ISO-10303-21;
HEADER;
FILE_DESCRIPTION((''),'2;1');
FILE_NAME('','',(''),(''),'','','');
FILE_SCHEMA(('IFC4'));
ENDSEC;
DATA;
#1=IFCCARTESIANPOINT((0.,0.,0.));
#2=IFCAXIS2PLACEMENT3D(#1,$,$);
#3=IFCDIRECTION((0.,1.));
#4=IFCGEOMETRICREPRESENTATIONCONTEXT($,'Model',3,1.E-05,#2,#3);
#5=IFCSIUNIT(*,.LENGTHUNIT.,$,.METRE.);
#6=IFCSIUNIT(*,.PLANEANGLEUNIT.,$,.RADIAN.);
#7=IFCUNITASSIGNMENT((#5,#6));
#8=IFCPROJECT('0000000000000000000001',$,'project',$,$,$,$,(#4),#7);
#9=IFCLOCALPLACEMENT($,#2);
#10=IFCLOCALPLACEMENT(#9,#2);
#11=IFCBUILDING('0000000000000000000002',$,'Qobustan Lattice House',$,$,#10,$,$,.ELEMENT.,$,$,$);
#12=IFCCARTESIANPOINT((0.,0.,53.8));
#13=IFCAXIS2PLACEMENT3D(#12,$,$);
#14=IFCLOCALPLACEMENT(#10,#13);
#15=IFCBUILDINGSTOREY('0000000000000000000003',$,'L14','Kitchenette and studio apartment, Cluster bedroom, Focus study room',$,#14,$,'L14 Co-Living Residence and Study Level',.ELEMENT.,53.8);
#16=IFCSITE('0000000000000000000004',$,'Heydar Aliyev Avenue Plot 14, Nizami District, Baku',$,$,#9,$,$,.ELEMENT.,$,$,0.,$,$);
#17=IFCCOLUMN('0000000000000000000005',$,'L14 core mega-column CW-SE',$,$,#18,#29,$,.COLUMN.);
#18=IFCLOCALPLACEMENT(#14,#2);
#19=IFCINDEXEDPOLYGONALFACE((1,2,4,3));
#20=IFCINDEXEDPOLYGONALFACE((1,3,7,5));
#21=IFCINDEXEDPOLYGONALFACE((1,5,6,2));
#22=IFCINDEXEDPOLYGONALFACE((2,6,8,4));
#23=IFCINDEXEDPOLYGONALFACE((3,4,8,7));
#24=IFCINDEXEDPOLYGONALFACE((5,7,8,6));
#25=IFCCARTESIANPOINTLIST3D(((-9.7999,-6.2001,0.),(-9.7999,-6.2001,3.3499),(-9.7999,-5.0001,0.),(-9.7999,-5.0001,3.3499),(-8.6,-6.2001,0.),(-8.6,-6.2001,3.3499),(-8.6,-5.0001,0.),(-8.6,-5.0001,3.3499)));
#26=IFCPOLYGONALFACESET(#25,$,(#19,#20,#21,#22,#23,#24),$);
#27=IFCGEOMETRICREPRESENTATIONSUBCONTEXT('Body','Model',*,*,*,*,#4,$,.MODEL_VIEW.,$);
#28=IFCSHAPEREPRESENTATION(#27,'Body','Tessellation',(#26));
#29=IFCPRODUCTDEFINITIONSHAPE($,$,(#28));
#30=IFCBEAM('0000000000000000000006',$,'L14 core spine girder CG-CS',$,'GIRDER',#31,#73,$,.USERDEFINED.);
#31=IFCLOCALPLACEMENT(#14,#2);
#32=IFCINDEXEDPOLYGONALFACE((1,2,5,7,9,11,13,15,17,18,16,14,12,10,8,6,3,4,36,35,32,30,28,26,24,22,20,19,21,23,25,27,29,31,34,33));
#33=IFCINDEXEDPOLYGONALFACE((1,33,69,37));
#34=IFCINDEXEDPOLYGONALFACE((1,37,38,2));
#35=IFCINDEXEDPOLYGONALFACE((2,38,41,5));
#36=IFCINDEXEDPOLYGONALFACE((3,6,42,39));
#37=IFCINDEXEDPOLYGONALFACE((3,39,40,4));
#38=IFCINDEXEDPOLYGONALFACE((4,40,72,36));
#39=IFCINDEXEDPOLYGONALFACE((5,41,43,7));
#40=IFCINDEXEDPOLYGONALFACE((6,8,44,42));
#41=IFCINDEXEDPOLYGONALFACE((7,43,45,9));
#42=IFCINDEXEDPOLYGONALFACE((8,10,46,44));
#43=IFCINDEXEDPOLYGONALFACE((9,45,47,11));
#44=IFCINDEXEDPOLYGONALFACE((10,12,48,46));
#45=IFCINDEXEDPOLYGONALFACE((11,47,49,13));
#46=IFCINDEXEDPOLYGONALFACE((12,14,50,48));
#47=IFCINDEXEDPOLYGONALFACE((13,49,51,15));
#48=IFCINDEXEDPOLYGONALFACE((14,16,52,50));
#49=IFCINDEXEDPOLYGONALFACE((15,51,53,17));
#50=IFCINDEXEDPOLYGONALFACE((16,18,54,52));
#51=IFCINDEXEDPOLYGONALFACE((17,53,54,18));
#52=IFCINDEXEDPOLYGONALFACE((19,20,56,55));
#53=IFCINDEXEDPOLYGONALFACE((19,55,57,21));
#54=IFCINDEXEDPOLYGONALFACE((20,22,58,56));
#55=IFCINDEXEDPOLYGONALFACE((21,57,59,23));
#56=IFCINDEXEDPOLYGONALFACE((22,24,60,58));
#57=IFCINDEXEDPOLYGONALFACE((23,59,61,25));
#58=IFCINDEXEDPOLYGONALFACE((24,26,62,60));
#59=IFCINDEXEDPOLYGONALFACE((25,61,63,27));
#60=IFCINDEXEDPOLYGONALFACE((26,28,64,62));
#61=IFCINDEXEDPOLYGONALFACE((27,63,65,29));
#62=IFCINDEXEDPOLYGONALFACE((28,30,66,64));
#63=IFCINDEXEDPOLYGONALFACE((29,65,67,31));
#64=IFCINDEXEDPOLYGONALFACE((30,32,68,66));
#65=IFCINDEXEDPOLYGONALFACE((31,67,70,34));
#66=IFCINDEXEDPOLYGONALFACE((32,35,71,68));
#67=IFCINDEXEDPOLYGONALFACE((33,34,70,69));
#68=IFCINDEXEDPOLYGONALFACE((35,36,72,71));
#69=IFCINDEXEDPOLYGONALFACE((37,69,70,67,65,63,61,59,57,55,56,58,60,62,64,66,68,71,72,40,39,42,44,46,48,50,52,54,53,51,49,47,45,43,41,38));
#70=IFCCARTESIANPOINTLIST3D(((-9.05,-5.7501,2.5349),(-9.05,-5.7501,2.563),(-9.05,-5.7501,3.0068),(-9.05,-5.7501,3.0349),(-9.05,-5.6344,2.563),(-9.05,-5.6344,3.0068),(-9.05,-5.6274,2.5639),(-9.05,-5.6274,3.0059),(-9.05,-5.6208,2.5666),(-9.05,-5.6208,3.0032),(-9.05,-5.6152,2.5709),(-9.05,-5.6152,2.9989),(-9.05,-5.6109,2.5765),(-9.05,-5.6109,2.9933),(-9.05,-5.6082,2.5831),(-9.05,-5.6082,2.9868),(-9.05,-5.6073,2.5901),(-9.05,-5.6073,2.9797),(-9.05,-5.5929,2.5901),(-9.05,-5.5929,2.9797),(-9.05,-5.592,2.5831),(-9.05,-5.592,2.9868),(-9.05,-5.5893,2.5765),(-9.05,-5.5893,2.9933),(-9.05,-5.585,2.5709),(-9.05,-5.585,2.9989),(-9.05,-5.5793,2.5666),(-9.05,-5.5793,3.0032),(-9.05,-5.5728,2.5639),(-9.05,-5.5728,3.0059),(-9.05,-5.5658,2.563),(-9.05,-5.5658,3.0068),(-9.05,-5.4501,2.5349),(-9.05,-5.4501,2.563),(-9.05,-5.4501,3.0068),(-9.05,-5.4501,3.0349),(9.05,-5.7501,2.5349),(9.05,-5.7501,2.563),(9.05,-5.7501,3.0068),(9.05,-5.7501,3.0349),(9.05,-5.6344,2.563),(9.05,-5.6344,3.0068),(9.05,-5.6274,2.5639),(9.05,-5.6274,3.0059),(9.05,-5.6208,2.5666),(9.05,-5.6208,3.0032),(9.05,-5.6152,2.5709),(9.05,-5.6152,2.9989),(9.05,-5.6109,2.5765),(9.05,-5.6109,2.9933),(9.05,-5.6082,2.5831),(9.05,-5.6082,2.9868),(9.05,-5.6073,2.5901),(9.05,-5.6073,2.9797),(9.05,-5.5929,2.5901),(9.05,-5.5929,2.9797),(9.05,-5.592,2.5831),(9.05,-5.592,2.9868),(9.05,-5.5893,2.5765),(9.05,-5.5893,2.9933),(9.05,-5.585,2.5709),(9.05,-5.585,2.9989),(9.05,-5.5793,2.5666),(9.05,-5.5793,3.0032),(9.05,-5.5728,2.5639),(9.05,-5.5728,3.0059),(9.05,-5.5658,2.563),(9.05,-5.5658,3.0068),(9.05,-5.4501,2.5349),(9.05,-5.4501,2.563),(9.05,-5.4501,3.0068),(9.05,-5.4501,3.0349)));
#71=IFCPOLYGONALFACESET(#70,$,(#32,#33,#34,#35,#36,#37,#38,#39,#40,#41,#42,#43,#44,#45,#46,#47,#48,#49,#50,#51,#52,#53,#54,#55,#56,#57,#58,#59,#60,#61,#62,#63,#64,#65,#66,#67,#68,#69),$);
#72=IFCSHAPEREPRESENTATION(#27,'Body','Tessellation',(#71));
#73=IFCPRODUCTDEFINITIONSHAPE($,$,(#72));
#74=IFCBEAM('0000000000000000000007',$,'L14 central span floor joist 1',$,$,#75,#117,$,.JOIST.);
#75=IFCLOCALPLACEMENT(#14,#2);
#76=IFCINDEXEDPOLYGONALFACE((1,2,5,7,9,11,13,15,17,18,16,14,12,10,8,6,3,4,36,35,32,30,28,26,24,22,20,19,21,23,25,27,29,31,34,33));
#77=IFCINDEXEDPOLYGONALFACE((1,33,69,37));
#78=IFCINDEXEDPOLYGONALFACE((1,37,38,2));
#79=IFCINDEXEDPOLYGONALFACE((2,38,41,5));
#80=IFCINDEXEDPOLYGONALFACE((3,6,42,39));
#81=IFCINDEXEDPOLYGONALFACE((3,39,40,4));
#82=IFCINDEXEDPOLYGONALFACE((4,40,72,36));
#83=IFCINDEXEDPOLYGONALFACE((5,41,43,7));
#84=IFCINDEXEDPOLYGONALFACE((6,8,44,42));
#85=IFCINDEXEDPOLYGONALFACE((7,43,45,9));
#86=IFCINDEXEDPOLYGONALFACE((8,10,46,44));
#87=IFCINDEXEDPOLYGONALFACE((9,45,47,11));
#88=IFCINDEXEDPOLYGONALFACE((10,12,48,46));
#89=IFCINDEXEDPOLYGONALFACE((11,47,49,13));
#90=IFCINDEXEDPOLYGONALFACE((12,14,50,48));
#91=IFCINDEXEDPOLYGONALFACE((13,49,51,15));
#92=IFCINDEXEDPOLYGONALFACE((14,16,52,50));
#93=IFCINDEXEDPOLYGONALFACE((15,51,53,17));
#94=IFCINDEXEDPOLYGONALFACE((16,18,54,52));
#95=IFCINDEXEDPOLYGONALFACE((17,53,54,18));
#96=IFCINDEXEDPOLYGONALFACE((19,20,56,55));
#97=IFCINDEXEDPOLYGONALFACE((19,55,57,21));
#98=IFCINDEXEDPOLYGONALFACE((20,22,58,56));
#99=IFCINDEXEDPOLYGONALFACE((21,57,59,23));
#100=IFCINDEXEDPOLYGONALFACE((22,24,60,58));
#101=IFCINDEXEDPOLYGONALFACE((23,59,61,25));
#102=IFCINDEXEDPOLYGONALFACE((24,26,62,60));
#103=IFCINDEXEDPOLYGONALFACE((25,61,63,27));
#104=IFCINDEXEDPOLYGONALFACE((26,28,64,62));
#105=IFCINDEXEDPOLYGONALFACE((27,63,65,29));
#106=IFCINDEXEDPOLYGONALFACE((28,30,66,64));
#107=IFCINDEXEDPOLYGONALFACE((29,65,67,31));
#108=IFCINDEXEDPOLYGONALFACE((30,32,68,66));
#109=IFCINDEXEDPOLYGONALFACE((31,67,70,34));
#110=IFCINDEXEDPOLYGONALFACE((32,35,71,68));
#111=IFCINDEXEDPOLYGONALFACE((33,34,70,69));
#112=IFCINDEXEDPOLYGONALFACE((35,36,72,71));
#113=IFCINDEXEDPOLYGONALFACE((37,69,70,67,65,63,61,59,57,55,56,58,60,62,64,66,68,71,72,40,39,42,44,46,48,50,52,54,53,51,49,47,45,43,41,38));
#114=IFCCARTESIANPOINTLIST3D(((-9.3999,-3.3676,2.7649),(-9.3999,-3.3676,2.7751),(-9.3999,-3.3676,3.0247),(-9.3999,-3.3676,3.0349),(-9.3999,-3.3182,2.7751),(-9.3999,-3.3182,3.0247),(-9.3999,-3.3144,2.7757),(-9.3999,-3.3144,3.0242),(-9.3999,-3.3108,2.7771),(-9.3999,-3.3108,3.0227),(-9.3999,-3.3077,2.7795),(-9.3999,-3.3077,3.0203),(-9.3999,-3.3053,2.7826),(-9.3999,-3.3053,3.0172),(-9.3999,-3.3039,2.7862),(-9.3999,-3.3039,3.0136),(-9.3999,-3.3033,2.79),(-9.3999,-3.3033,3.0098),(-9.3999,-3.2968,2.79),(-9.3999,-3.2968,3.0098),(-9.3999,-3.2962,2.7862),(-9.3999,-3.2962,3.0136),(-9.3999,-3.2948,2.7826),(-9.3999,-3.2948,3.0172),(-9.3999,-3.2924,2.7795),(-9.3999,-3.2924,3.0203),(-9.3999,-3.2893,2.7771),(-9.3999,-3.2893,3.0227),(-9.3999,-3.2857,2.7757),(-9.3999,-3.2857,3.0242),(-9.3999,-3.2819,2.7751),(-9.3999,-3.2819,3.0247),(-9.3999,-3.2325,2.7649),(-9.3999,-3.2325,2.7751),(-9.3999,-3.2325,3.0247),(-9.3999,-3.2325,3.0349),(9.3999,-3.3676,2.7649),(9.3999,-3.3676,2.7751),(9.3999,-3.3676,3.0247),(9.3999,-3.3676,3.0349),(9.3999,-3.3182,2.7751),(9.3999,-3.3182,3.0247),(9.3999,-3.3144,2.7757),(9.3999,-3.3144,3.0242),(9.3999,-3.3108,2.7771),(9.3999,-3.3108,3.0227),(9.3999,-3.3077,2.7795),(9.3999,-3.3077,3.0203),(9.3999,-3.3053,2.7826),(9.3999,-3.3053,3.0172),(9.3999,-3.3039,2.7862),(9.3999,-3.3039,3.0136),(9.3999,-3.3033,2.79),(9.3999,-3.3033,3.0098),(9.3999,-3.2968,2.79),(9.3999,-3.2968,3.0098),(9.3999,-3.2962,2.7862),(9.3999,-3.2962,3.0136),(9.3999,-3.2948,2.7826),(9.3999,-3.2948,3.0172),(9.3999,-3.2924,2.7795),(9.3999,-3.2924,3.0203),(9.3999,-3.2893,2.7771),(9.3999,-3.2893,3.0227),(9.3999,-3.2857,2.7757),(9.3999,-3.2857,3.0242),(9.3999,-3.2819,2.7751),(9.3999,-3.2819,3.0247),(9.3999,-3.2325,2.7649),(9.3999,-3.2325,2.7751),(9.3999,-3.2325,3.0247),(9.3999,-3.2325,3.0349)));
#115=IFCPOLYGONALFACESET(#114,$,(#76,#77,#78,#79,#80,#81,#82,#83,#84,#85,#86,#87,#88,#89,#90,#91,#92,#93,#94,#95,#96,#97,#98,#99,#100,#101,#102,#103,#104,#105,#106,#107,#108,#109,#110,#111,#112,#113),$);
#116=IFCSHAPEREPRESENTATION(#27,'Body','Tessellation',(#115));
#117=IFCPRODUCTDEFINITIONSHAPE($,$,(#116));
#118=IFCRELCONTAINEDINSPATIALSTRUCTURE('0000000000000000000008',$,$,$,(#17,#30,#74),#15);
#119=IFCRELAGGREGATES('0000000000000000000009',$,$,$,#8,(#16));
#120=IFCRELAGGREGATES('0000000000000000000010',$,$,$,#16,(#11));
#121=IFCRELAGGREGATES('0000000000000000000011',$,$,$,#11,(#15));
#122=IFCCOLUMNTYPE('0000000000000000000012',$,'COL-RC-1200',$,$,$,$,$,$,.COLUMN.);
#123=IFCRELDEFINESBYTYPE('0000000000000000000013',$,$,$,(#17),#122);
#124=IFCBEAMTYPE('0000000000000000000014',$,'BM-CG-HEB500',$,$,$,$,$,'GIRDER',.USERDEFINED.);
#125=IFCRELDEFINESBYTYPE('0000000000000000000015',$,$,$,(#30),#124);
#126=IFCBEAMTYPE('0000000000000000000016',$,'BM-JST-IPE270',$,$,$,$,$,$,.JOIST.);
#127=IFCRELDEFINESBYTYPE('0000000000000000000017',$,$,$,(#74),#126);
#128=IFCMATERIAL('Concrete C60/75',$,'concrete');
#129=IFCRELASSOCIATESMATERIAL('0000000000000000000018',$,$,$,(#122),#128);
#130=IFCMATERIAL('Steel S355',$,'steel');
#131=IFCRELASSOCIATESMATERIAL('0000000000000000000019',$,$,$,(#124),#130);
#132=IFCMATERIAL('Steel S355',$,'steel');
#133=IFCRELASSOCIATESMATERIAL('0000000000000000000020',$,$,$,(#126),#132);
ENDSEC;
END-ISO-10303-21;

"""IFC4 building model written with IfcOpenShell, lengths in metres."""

from ifc_helpers import new_model, si_unit, direction, frame, origin, origin_2d, place, context, subcontext, project, spatial, rectangle, i_section, extrude, material, material_profile, profile_set, type_object, element, save


model = new_model("IFC4")

# Units and contexts
model_context = context("Model", 3, precision=1e-05, world=origin(), true_north=direction((0.0, 1.0)))
body_context = subcontext(model_context, "Body", "Model", "MODEL_VIEW")
ifc_project = project(units=[si_unit("LENGTHUNIT", "METRE"), si_unit("PLANEANGLEUNIT", "RADIAN")], contexts=[model_context])

# Site, building, storey
site_placement = place(None, origin())
site = spatial("IfcSite", under=ifc_project, at=site_placement, Name="Heydar Aliyev Avenue Plot 14, Nizami District, Baku", CompositionType="ELEMENT", RefElevation=0.0)
building_placement = place(site_placement, origin())
building = spatial("IfcBuilding", under=site, at=building_placement, Name="Qobustan Lattice House", CompositionType="ELEMENT")
storey_placement = place(building_placement, frame((0.0, 0.0, 53.8)))
storey = spatial("IfcBuildingStorey", under=building, at=storey_placement, Name="L14", Description="Kitchenette and studio apartment, Cluster bedroom, Focus study room", LongName="L14 Co-Living Residence and Study Level", CompositionType="ELEMENT", Elevation=53.8)

# Column
ifc_material_1 = material(Name="Concrete C60/75", Category="concrete")
ifc_material_profile_1 = material_profile(ifc_material_1, rectangle(XDim=1.2, YDim=1.2, at=origin_2d()), Name="RC1200x1200")
ifc_profile_set_1 = profile_set([ifc_material_profile_1], Name="Concrete C60/75")
column_type = type_object("IfcColumnType", Name="COL-RC-1200", PredefinedType="COLUMN", material=ifc_profile_set_1)
column_placement = place(storey_placement, frame((-9.2, -5.6001, 0.0), z_axis=(0.0, 0.0, 1.0), x_axis=(1.0, 0.0, 0.0)))
element("IfcColumn", 1, at=column_placement, inside=storey, type_object=column_type, Name="L14 core mega-column CW-SE", PredefinedType="COLUMN", context=body_context, shape_type="SweptSolid", body=[
    extrude(rectangle(XDim=1.2, YDim=1.2, at=origin_2d()), origin(), (0.0, 0.0, 1.0), 3.3499),
])

# Beams
ifc_material_2 = material(Name="Steel S355", Category="steel")
ifc_material_profile_2 = material_profile(ifc_material_2, i_section(OverallWidth=0.3, OverallDepth=0.5, WebThickness=0.0144, FlangeThickness=0.0281, FilletRadius=0.0271, at=origin_2d()), Name="HEB500")
ifc_profile_set_2 = profile_set([ifc_material_profile_2], Name="Steel S355")
beam_type_1 = type_object("IfcBeamType", Name="BM-CG-HEB500", ElementType="GIRDER", PredefinedType="USERDEFINED", material=ifc_profile_set_2)
beam_1_placement = place(storey_placement, frame((-9.05, -5.6001, 2.7849), z_axis=(1.0, 0.0, 0.0), x_axis=(0.0, 1.0, 0.0)))
element("IfcBeam", 2, at=beam_1_placement, inside=storey, type_object=beam_type_1, Name="L14 core spine girder CG-CS", ObjectType="GIRDER", PredefinedType="USERDEFINED", context=body_context, shape_type="SweptSolid", body=[
    extrude(i_section(OverallWidth=0.3, OverallDepth=0.5, WebThickness=0.0144, FlangeThickness=0.0281, FilletRadius=0.0271, at=origin_2d()), origin(), (0.0, 0.0, 1.0), 18.1001),
])
ifc_material_3 = material(Name="Steel S355", Category="steel")
ifc_material_profile_3 = material_profile(ifc_material_3, i_section(OverallWidth=0.135, OverallDepth=0.27, WebThickness=0.0066, FlangeThickness=0.0103, FilletRadius=0.0149, at=origin_2d()), Name="IPE270")
ifc_profile_set_3 = profile_set([ifc_material_profile_3], Name="Steel S355")
beam_type_2 = type_object("IfcBeamType", Name="BM-JST-IPE270", PredefinedType="JOIST", material=ifc_profile_set_3)
beam_2_placement = place(storey_placement, frame((-9.3999, -3.3, 2.8999), z_axis=(1.0, 0.0, 0.0), x_axis=(0.0, 1.0, 0.0)))
element("IfcBeam", 3, at=beam_2_placement, inside=storey, type_object=beam_type_2, Name="L14 central span floor joist 1", PredefinedType="JOIST", context=body_context, shape_type="SweptSolid", body=[
    extrude(i_section(OverallWidth=0.135, OverallDepth=0.27, WebThickness=0.0066, FlangeThickness=0.0103, FilletRadius=0.0149, at=origin_2d()), origin(), (0.0, 0.0, 1.0), 18.7998),
])

save(model, "model.ifc")
